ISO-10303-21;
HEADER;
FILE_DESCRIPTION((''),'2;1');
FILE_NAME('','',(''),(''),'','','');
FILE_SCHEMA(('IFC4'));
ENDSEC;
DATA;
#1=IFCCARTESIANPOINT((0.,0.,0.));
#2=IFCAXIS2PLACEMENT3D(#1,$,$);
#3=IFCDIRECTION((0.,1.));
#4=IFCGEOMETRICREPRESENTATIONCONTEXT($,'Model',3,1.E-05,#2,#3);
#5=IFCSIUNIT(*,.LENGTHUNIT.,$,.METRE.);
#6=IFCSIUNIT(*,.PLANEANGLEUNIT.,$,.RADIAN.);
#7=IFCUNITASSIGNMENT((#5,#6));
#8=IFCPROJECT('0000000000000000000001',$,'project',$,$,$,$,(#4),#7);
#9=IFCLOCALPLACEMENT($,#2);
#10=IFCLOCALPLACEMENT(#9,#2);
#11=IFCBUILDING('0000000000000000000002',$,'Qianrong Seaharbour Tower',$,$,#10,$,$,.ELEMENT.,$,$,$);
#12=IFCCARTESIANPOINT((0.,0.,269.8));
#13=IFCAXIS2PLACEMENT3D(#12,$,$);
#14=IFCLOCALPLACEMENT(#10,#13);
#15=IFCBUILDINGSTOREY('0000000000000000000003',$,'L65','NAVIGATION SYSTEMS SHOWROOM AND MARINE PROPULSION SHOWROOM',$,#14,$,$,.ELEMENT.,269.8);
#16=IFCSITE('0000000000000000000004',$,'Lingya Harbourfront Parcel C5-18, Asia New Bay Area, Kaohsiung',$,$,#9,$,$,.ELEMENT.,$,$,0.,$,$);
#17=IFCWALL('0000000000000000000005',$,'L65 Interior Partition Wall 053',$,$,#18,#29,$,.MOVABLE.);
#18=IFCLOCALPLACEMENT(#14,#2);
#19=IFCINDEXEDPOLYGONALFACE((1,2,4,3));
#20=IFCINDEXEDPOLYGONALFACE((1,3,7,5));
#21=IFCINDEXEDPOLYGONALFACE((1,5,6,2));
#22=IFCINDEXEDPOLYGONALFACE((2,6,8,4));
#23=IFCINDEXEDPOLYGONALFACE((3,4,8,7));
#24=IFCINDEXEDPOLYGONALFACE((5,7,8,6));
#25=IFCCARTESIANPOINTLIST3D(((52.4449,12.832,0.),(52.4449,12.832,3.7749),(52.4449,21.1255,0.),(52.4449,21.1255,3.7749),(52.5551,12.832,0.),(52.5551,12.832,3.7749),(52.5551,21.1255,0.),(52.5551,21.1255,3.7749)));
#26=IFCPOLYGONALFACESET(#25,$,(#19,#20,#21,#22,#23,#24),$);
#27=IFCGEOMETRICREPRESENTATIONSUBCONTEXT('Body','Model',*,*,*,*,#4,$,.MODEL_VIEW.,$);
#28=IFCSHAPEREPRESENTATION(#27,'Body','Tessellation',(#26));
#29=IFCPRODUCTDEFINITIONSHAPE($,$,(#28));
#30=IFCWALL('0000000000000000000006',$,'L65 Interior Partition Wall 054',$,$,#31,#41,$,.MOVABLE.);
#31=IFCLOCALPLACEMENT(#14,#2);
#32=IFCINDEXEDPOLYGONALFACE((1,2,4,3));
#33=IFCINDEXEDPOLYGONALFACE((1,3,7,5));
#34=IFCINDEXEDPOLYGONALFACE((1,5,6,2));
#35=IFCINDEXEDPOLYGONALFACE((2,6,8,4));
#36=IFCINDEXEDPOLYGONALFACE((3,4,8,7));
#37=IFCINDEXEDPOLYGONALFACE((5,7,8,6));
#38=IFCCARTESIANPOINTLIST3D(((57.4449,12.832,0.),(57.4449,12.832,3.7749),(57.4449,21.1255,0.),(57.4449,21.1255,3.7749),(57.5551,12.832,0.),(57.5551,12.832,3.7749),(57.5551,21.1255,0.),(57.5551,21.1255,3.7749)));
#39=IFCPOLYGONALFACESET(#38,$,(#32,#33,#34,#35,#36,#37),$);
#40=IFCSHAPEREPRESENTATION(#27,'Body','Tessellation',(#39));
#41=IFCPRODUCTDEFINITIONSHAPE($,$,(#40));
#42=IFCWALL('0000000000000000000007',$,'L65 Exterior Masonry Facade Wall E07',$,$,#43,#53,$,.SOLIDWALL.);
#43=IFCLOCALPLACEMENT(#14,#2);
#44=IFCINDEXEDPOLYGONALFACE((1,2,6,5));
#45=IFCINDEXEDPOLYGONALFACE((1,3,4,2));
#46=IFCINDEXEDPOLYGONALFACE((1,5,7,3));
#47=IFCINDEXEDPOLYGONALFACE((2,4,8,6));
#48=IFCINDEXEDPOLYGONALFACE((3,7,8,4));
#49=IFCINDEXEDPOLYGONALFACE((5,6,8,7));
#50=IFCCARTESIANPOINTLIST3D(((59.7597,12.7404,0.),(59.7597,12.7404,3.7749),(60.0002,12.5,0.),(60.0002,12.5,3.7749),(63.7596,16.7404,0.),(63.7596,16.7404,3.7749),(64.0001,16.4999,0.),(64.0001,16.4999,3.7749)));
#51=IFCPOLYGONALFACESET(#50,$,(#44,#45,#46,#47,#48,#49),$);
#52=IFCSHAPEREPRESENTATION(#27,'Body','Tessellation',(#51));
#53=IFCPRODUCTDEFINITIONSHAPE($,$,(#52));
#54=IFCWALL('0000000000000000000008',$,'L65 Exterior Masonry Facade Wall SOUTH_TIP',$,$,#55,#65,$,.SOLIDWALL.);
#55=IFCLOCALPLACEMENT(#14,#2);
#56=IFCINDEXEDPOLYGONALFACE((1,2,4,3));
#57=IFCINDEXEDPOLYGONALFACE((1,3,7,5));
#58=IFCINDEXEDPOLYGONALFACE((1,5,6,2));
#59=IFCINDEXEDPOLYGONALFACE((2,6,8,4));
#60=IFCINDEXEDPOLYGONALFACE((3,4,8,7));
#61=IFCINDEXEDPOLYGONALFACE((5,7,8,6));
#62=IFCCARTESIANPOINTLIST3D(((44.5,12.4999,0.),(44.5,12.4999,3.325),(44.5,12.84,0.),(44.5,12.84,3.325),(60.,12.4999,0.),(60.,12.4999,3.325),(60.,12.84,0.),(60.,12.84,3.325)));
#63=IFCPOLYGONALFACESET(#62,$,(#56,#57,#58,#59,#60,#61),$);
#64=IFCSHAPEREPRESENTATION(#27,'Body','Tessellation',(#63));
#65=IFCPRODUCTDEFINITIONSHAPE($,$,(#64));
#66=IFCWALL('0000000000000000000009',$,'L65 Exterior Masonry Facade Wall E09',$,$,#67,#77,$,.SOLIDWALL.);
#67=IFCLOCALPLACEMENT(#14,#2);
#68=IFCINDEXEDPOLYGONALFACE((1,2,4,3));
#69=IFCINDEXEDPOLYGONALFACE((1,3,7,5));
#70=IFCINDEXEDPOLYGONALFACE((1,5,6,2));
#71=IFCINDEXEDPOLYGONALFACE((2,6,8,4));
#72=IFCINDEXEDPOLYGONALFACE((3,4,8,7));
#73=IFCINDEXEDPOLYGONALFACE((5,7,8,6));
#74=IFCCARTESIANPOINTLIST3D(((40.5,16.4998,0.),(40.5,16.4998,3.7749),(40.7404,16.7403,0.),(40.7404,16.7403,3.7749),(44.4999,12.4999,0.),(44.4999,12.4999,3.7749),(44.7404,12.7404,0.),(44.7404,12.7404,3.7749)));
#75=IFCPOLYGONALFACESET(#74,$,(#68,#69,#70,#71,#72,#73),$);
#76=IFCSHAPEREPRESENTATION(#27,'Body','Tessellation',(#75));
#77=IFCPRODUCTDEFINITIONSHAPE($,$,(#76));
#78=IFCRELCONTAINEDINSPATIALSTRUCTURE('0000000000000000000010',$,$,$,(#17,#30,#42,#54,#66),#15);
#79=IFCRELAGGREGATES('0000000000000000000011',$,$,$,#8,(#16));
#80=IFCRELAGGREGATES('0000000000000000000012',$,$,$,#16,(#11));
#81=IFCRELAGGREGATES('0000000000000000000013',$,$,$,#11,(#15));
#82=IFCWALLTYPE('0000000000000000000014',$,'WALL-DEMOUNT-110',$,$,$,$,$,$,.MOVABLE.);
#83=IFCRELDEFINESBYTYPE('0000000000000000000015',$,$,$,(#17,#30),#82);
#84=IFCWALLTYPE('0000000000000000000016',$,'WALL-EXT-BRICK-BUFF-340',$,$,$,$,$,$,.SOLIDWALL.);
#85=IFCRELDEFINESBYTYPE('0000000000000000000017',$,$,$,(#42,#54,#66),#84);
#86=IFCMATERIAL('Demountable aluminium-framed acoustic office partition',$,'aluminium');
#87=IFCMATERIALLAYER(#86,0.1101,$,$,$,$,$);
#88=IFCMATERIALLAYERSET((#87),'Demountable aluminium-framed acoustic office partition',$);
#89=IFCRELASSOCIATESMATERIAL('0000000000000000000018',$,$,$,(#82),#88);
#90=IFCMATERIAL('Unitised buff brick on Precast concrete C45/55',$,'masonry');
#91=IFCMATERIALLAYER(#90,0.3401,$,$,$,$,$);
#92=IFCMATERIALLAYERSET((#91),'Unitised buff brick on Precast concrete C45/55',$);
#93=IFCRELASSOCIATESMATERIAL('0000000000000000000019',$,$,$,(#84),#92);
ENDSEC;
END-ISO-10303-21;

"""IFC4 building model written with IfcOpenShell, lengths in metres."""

from ifc_helpers import new_model, si_unit, direction, frame, frame_2d, origin, place, context, subcontext, project, spatial, rectangle, extrude, material, layer, layer_set, type_object, element, save


model = new_model("IFC4")

# Units and contexts
model_context = context("Model", 3, precision=1e-05, world=origin(), true_north=direction((0.0, 1.0)))
body_context = subcontext(model_context, "Body", "Model", "MODEL_VIEW")
ifc_project = project(units=[si_unit("LENGTHUNIT", "METRE"), si_unit("PLANEANGLEUNIT", "RADIAN")], contexts=[model_context])

# Site, building, storey
site_placement = place(None, origin())
site = spatial("IfcSite", under=ifc_project, at=site_placement, Name="Lingya Harbourfront Parcel C5-18, Asia New Bay Area, Kaohsiung", CompositionType="ELEMENT", RefElevation=0.0)
building_placement = place(site_placement, origin())
building = spatial("IfcBuilding", under=site, at=building_placement, Name="Qianrong Seaharbour Tower", CompositionType="ELEMENT")
storey_placement = place(building_placement, frame((0.0, 0.0, 269.8)))
storey = spatial("IfcBuildingStorey", under=building, at=storey_placement, Name="L65", Description="NAVIGATION SYSTEMS SHOWROOM AND MARINE PROPULSION SHOWROOM", CompositionType="ELEMENT", Elevation=269.8)

# Walls
ifc_material_1 = material(Name="Demountable aluminium-framed acoustic office partition", Category="aluminium")
ifc_layer_1 = layer(ifc_material_1, 0.1101)
ifc_layer_set_1 = layer_set([ifc_layer_1], Name="Demountable aluminium-framed acoustic office partition")
wall_type_1 = type_object("IfcWallType", Name="WALL-DEMOUNT-110", PredefinedType="MOVABLE", material=ifc_layer_set_1)
for number, where, z_axis, x_axis, name in (
    (1, (52.5, 21.1255, 0.0), (0.0, 0.0, 1.0), (0.0, -1.0, 0.0), "L65 Interior Partition Wall 053"),
    (2, (57.5, 21.1255, 0.0), (0.0, 0.0, 1.0), (0.0, -1.0, 0.0), "L65 Interior Partition Wall 054"),
):
    element("IfcWall", number, at=place(storey_placement, frame(where, z_axis=z_axis, x_axis=x_axis)), inside=storey, type_object=wall_type_1, Name=name, PredefinedType="MOVABLE", context=body_context, shape_type="SweptSolid", body=[
        extrude(rectangle(XDim=8.2935, YDim=0.1101, at=frame_2d((4.1467, 0.0))), origin(), (0.0, 0.0, 1.0), 3.7749),
    ])
ifc_material_2 = material(Name="Unitised buff brick on Precast concrete C45/55", Category="masonry")
ifc_layer_2 = layer(ifc_material_2, 0.3401)
ifc_layer_set_2 = layer_set([ifc_layer_2], Name="Unitised buff brick on Precast concrete C45/55")
wall_type_2 = type_object("IfcWallType", Name="WALL-EXT-BRICK-BUFF-340", PredefinedType="SOLIDWALL", material=ifc_layer_set_2)
wall_1_placement = place(storey_placement, frame((63.8799, 16.6201, 0.0), z_axis=(0.0, 0.0, 1.0), x_axis=(-0.707107, -0.707107, 0.0)))
element("IfcWall", 3, at=wall_1_placement, inside=storey, type_object=wall_type_2, Name="L65 Exterior Masonry Facade Wall E07", PredefinedType="SOLIDWALL", context=body_context, shape_type="SweptSolid", body=[
    extrude(rectangle(XDim=5.6567, YDim=0.3401, at=frame_2d((2.8284, 0.0))), origin(), (0.0, 0.0, 1.0), 3.7749),
])
wall_2_placement = place(storey_placement, frame((60.0, 12.6699, 0.0), z_axis=(0.0, 0.0, 1.0), x_axis=(-1.0, 0.0, 0.0)))
element("IfcWall", 4, at=wall_2_placement, inside=storey, type_object=wall_type_2, Name="L65 Exterior Masonry Facade Wall SOUTH_TIP", PredefinedType="SOLIDWALL", context=body_context, shape_type="SweptSolid", body=[
    extrude(rectangle(XDim=15.5, YDim=0.3401, at=frame_2d((7.75, 0.0))), origin(), (0.0, 0.0, 1.0), 3.325),
])
wall_3_placement = place(storey_placement, frame((44.6201, 12.6201, 0.0), z_axis=(0.0, 0.0, 1.0), x_axis=(-0.707107, 0.707107, 0.0)))
element("IfcWall", 5, at=wall_3_placement, inside=storey, type_object=wall_type_2, Name="L65 Exterior Masonry Facade Wall E09", PredefinedType="SOLIDWALL", context=body_context, shape_type="SweptSolid", body=[
    extrude(rectangle(XDim=5.6567, YDim=0.3401, at=frame_2d((2.8284, 0.0))), origin(), (0.0, 0.0, 1.0), 3.7749),
])

save(model, "model.ifc")
